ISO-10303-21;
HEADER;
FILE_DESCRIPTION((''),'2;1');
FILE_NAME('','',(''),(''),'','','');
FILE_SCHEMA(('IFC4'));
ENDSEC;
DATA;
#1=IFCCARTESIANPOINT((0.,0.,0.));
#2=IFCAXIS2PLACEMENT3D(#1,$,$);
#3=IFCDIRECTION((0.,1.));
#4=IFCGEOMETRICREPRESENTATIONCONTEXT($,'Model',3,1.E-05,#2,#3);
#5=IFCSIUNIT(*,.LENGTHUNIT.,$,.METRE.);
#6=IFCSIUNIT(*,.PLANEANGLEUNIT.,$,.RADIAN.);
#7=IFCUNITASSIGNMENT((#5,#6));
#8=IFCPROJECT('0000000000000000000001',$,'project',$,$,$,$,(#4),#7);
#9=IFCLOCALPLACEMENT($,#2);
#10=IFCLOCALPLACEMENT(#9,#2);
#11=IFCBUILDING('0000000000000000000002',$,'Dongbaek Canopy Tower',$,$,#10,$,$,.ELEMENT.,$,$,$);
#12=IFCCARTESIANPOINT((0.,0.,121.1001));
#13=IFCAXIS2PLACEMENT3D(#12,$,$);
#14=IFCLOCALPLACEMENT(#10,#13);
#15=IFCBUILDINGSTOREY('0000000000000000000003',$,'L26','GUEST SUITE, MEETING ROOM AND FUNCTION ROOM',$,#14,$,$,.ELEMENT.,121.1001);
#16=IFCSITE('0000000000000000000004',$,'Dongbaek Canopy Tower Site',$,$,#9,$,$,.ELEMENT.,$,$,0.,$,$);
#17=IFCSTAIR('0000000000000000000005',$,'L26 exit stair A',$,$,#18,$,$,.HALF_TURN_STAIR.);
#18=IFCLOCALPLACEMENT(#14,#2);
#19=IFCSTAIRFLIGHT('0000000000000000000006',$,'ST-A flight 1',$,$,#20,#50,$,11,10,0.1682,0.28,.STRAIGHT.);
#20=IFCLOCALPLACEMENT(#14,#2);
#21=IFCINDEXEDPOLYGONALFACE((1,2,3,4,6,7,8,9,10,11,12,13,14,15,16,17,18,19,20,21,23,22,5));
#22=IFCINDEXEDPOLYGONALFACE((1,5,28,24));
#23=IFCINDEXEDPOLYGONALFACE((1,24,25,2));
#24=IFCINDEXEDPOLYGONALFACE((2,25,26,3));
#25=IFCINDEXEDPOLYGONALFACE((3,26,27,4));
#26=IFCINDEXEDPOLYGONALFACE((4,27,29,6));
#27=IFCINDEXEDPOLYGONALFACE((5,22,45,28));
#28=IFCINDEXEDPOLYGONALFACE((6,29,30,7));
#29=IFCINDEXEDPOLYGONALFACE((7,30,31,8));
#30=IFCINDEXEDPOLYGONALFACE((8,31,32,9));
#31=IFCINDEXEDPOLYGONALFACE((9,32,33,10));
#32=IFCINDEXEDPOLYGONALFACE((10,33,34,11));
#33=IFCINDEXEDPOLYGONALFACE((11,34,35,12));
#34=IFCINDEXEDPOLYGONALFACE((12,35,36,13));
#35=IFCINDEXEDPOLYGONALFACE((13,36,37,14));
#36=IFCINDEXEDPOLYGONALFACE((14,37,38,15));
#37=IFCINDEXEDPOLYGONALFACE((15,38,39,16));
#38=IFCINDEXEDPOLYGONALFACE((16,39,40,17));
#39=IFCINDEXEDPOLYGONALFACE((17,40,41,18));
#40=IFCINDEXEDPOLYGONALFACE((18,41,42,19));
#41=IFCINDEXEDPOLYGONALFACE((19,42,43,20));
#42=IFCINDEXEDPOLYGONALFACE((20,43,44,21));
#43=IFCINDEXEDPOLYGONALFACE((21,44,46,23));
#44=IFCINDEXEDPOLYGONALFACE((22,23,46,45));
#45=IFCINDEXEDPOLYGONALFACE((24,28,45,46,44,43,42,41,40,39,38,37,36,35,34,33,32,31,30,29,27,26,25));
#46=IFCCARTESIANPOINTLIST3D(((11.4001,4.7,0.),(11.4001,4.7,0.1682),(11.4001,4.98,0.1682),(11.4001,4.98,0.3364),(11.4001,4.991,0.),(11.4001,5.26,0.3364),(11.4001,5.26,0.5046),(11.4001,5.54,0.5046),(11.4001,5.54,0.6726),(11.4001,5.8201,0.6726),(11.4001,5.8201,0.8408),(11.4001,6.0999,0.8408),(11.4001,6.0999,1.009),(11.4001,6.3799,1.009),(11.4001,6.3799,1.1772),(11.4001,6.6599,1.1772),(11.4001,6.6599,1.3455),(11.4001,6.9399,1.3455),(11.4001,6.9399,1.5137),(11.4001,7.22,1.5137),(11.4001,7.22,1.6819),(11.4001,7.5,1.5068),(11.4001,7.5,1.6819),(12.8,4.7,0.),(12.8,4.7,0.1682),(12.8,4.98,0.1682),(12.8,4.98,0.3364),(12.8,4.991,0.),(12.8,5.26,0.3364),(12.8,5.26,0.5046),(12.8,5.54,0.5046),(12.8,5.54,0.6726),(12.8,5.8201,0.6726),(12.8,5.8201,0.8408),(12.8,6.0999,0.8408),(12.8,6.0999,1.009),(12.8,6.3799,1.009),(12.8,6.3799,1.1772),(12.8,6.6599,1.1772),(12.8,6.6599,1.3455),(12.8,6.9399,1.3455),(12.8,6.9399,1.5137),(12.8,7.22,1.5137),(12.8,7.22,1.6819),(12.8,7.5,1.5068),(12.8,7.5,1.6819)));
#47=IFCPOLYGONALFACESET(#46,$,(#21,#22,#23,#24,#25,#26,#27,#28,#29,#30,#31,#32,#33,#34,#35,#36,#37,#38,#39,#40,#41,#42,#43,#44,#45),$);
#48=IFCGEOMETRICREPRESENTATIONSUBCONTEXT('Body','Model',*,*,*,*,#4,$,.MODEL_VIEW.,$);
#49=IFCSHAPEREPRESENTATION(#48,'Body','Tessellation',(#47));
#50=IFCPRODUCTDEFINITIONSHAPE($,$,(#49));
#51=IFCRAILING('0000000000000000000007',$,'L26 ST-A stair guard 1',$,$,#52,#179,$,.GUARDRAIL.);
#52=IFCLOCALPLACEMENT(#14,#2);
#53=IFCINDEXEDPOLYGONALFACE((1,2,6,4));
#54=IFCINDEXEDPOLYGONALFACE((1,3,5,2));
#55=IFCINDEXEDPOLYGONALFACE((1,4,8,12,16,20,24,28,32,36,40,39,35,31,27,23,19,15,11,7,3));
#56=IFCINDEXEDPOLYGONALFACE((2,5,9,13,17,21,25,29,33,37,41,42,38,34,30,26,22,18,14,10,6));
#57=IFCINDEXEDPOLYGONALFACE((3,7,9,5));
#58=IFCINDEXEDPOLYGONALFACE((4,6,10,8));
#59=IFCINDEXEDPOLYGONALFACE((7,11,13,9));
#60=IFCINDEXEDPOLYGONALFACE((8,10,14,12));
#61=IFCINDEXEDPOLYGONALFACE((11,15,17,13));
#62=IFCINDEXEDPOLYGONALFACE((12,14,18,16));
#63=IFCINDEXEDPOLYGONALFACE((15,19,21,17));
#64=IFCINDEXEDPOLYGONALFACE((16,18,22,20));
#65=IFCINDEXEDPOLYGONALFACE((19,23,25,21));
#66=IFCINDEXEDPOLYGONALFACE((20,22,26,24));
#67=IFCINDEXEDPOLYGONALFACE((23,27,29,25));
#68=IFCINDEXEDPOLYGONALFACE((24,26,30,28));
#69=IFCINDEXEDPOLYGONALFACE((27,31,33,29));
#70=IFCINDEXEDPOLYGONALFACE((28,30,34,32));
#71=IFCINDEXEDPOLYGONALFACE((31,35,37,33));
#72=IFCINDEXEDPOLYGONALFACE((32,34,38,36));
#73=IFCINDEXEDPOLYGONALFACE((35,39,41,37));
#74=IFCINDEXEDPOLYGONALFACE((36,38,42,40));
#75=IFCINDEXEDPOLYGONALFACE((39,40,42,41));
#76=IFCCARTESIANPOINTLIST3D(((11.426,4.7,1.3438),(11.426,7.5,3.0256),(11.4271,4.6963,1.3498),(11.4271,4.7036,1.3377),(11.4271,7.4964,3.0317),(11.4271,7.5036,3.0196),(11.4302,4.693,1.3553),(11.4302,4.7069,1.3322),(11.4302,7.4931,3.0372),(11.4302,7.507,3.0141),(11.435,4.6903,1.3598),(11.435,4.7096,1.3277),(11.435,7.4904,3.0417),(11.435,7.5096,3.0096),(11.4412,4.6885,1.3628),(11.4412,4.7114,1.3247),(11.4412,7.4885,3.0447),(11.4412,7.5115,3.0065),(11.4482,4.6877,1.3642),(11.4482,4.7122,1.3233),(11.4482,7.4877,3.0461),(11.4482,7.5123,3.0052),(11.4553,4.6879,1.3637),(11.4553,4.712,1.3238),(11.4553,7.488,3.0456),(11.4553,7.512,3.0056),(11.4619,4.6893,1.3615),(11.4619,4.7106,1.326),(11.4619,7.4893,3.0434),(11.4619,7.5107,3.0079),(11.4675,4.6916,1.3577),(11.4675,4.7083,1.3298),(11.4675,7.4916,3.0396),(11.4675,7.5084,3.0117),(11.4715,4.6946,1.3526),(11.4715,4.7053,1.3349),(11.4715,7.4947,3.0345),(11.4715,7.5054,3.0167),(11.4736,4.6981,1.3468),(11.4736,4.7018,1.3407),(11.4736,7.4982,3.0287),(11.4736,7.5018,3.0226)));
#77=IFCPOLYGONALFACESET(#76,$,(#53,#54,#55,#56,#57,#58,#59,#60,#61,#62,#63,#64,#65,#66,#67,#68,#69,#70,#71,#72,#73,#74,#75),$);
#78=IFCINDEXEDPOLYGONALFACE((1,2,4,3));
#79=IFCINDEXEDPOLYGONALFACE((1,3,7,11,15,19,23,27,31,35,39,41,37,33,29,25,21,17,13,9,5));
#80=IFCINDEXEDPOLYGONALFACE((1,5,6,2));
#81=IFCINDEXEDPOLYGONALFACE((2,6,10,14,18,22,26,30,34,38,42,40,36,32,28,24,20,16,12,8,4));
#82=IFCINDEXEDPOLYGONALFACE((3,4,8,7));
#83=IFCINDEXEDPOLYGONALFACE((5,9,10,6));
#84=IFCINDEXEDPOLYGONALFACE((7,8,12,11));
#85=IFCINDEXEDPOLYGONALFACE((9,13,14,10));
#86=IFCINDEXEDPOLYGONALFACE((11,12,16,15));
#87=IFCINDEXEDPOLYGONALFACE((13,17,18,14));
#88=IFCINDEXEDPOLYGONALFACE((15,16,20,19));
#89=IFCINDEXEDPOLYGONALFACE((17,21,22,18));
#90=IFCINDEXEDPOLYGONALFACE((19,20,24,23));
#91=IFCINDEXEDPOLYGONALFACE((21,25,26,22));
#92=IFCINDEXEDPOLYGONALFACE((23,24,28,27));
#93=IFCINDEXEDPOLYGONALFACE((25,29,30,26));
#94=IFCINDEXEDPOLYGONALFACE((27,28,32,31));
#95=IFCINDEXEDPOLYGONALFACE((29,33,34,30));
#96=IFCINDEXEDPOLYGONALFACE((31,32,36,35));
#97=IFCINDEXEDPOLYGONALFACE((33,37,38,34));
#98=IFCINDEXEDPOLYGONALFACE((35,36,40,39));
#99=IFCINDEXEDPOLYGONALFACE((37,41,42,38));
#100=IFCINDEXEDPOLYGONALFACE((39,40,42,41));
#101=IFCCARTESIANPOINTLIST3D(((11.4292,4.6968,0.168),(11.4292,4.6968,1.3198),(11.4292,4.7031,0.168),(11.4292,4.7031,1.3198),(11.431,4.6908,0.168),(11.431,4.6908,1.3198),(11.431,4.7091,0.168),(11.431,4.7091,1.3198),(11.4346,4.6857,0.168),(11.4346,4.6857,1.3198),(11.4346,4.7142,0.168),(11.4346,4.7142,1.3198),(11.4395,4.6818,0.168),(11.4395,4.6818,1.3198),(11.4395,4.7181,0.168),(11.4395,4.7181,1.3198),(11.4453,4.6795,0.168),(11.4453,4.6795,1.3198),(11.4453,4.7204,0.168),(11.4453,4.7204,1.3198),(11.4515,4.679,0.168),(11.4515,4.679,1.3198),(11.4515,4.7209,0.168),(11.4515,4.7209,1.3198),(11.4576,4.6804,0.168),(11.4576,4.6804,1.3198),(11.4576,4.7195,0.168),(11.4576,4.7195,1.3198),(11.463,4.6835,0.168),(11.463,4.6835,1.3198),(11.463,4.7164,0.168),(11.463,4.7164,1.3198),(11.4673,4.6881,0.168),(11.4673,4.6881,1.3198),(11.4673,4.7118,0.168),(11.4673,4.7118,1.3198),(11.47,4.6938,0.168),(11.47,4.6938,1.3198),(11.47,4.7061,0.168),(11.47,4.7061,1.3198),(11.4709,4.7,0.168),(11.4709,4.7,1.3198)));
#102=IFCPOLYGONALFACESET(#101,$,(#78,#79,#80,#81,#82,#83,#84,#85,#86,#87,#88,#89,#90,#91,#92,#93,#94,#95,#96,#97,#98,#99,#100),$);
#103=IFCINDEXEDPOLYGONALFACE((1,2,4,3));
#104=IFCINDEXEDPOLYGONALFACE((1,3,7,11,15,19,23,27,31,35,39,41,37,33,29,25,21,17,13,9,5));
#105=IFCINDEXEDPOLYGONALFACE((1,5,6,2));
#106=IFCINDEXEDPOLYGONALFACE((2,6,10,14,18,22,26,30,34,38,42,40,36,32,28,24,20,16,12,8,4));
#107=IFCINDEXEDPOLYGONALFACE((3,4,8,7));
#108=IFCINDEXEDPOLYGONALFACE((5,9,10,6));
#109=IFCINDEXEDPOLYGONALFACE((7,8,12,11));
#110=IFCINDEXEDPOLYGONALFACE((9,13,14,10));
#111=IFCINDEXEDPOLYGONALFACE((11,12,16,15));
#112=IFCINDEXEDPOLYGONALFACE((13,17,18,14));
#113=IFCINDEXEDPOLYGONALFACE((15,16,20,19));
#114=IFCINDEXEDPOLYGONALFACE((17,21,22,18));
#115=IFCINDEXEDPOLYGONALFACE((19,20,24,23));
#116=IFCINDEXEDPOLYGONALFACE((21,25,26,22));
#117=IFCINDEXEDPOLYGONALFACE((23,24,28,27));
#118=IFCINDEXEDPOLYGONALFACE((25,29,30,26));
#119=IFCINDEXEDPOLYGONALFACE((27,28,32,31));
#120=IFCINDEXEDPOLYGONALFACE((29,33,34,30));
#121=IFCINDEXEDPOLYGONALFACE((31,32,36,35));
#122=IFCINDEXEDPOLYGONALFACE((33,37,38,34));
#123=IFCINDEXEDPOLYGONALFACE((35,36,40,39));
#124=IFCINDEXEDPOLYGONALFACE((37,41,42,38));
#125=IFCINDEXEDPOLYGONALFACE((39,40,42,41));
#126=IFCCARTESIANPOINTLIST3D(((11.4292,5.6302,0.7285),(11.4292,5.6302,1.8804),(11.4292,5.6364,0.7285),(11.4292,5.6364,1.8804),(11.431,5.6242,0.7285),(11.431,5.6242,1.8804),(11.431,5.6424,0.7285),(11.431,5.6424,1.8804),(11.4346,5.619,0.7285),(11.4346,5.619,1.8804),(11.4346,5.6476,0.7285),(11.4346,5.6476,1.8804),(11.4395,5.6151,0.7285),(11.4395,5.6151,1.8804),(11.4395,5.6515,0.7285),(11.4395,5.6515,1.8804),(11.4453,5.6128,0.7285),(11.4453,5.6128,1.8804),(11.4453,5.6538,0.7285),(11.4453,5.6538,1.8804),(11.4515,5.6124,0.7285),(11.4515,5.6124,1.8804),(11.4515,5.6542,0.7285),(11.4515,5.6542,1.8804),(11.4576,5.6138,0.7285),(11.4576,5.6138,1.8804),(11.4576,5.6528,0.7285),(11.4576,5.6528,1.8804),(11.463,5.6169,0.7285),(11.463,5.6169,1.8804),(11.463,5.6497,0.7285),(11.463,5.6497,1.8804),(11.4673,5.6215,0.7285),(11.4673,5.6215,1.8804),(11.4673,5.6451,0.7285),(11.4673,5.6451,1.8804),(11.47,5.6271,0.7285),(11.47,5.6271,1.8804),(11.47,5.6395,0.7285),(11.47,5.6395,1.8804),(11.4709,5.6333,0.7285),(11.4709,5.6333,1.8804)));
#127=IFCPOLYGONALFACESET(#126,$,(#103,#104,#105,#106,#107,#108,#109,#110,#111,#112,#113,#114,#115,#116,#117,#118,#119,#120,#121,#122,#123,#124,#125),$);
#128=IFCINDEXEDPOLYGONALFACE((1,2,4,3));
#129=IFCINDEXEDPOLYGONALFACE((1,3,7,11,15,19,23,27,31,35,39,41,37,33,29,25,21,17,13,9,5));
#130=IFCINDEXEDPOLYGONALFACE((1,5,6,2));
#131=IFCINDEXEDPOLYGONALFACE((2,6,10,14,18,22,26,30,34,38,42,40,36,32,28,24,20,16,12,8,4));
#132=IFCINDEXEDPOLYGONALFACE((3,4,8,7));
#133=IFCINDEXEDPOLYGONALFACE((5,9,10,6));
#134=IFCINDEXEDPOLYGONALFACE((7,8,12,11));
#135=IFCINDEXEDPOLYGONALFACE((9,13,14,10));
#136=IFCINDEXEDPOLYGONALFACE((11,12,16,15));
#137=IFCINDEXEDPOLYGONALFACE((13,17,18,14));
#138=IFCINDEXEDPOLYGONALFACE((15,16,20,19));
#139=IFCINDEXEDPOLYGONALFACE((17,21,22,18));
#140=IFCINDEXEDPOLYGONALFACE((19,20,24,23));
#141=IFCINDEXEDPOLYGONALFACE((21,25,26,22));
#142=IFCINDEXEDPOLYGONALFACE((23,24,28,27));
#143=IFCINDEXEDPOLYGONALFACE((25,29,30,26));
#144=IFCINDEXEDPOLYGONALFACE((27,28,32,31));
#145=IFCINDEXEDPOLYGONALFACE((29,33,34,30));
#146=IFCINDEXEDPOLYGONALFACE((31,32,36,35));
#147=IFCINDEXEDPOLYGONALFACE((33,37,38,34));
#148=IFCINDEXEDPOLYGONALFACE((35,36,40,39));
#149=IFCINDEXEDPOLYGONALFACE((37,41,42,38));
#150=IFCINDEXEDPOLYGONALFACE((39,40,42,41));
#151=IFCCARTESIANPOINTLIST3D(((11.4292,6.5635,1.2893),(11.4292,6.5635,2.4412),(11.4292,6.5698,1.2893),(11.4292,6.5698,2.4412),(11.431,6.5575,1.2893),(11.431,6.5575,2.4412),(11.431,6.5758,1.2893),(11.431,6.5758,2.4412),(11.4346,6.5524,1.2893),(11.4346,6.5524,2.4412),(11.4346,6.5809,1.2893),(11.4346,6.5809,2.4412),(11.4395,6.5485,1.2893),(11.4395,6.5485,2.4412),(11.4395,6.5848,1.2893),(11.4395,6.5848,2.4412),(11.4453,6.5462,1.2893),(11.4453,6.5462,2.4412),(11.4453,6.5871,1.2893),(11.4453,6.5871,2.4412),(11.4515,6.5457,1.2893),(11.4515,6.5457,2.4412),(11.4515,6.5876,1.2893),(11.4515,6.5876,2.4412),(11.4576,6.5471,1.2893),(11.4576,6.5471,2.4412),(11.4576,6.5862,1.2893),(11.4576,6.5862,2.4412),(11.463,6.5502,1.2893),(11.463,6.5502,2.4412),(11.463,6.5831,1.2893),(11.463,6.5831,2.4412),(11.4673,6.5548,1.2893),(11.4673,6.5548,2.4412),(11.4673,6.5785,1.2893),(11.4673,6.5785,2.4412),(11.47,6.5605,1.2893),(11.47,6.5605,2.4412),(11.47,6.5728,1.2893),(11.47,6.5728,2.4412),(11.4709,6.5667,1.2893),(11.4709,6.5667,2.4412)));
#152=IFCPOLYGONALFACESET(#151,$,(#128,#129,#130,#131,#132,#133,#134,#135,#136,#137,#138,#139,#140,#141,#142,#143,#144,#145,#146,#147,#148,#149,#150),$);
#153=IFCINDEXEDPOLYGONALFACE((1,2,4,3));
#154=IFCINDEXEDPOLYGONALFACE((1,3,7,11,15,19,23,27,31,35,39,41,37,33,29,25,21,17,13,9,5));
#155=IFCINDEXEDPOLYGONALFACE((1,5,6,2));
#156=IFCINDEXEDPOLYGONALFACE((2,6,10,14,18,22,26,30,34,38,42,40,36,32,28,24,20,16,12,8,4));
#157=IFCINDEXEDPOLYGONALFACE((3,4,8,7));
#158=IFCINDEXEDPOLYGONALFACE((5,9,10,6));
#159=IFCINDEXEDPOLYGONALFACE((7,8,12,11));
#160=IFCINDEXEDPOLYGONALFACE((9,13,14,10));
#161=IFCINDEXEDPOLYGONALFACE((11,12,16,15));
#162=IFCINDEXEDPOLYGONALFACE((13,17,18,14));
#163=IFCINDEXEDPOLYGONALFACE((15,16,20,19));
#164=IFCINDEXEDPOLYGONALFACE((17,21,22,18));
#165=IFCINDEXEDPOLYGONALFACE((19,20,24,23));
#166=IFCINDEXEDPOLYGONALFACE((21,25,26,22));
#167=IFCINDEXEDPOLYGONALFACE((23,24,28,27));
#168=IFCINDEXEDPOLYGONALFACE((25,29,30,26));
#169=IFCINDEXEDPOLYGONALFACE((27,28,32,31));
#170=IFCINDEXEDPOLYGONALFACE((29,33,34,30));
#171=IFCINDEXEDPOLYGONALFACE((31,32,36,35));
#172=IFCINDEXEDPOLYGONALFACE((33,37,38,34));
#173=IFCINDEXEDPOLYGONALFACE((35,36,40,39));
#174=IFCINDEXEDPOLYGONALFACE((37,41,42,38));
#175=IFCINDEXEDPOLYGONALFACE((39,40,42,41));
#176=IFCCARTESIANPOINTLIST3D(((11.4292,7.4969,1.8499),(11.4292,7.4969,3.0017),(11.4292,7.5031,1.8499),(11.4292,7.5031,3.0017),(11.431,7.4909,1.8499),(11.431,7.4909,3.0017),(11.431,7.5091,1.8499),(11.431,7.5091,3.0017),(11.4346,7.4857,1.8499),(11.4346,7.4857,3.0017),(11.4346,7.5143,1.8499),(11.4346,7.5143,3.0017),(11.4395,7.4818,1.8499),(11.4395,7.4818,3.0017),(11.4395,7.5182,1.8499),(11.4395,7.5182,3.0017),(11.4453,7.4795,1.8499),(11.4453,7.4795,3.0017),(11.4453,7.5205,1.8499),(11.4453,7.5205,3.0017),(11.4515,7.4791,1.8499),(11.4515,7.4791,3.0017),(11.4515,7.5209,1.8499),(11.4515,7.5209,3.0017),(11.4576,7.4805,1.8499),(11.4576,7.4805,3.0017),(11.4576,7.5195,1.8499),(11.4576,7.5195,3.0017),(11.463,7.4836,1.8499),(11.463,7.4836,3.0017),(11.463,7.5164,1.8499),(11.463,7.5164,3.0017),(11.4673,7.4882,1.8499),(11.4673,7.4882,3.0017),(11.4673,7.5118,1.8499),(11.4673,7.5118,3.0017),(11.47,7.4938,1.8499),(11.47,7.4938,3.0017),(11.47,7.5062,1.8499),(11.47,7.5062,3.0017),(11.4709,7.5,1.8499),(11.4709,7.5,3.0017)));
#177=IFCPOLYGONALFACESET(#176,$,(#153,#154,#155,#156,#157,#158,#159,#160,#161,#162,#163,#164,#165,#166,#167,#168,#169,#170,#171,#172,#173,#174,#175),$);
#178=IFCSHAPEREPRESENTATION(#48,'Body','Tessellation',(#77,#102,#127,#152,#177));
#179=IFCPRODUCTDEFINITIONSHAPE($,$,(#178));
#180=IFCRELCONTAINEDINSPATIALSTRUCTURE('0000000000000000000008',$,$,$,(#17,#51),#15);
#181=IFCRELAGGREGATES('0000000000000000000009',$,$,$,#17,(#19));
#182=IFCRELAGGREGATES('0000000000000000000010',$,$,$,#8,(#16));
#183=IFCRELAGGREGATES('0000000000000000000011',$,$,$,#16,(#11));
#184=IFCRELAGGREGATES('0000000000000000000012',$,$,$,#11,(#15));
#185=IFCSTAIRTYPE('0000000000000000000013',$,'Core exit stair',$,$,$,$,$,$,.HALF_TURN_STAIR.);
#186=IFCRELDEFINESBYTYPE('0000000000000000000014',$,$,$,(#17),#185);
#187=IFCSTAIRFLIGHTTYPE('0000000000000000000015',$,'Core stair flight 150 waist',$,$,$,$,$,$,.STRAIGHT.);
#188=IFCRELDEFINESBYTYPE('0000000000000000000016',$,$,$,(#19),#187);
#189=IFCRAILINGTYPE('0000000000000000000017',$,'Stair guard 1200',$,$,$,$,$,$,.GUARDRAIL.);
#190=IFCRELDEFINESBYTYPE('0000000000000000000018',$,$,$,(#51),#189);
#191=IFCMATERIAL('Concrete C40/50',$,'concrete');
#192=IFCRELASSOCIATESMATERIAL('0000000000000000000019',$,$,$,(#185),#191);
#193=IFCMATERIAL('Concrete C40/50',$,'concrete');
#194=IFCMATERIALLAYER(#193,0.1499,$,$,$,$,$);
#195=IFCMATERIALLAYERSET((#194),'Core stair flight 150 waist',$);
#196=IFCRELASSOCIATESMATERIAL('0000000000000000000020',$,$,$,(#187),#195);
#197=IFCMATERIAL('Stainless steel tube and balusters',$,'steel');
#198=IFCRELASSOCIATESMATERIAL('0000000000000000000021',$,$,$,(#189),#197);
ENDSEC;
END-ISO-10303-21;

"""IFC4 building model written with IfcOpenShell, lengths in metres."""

from ifc_helpers import new_model, si_unit, direction, frame, origin, origin_2d, place, context, subcontext, project, spatial, polyline, circle, outline, extrude, material, layer, layer_set, type_object, element, aggregate, save


model = new_model("IFC4")

# Units and contexts
model_context = context("Model", 3, precision=1e-05, world=origin(), true_north=direction((0.0, 1.0)))
body_context = subcontext(model_context, "Body", "Model", "MODEL_VIEW")
ifc_project = project(units=[si_unit("LENGTHUNIT", "METRE"), si_unit("PLANEANGLEUNIT", "RADIAN")], contexts=[model_context])

# Site, building, storey
site_placement = place(None, origin())
site = spatial("IfcSite", under=ifc_project, at=site_placement, Name="Dongbaek Canopy Tower Site", CompositionType="ELEMENT", RefElevation=0.0)
building_placement = place(site_placement, origin())
building = spatial("IfcBuilding", under=site, at=building_placement, Name="Dongbaek Canopy Tower", CompositionType="ELEMENT")
storey_placement = place(building_placement, frame((0.0, 0.0, 121.1001)))
storey = spatial("IfcBuildingStorey", under=building, at=storey_placement, Name="L26", Description="GUEST SUITE, MEETING ROOM AND FUNCTION ROOM", CompositionType="ELEMENT", Elevation=121.1001)

# Shared definitions
ifc_material_1 = material(Name="Concrete C40/50", Category="concrete")
stair_type = type_object("IfcStairType", Name="Core exit stair", PredefinedType="HALF_TURN_STAIR", material=ifc_material_1)

# Stair, stair flight
stair_1_placement = place(storey_placement, origin())
stair_1 = element("IfcStair", 1, at=stair_1_placement, inside=storey, type_object=stair_type, Name="L26 exit stair A", PredefinedType="HALF_TURN_STAIR")
ifc_material_2 = material(Name="Concrete C40/50", Category="concrete")
ifc_layer_1 = layer(ifc_material_2, 0.1499)
ifc_layer_set_1 = layer_set([ifc_layer_1], Name="Core stair flight 150 waist")
stair_flight_type = type_object("IfcStairFlightType", Name="Core stair flight 150 waist", PredefinedType="STRAIGHT", material=ifc_layer_set_1)
stair_flight_placement = place(storey_placement, frame((12.1001, 4.7, 0.0), z_axis=(0.0, 0.0, 1.0), x_axis=(0.0, 1.0, 0.0)))
stair_flight = element("IfcStairFlight", 2, at=stair_flight_placement, type_object=stair_flight_type, Name="ST-A flight 1", NumberOfRisers=11, NumberOfTreads=10, PredefinedType="STRAIGHT", RiserHeight=0.1682, TreadLength=0.28, context=body_context, shape_type="SweptSolid", body=[
    extrude(outline(polyline([(0.0, 0.0), (0.0, 0.1682), (0.28, 0.1682), (0.28, 0.3364), (0.5601, 0.3364), (0.5601, 0.5046), (0.8401, 0.5046), (0.8401, 0.6726), (1.1201, 0.6726), (1.1201, 0.8408), (1.3999, 0.8408), (1.3999, 1.009), (1.6799, 1.009), (1.6799, 1.1772), (1.96, 1.1772), (1.96, 1.3455), (2.24, 1.3455), (2.24, 1.5137), (2.52, 1.5137), (2.52, 1.6819), (2.8, 1.6819), (2.8, 1.8501), (2.8, 1.5068), (0.291, 0.0), (0.0, 0.0)])), frame((0.0, 0.7, 0.0), z_axis=(0.0, -1.0, 0.0), x_axis=(1.0, 0.0, 0.0)), (0.0, 0.0, 1.0), 1.3999),
])
aggregate(stair_1, [stair_flight])

# Railing
ifc_material_3 = material(Name="Stainless steel tube and balusters", Category="steel")
railing_type = type_object("IfcRailingType", Name="Stair guard 1200", PredefinedType="GUARDRAIL", material=ifc_material_3)
railing_1_placement = place(storey_placement, frame((11.45, 4.7, 0.168)))
element("IfcRailing", 3, at=railing_1_placement, inside=storey, type_object=railing_type, Name="L26 ST-A stair guard 1", PredefinedType="GUARDRAIL", context=body_context, shape_type="SweptSolid", body=[
    extrude(circle(Radius=0.0239, at=origin_2d()), frame((0.0, 0.0, 1.1758), z_axis=(0.0, 0.857242, 0.514913), x_axis=(-1.0, 0.0, 0.0)), (0.0, 0.0, 1.0), 3.2664),
    extrude(circle(Radius=0.021, at=origin_2d()), origin(), (0.0, 0.0, 1.0), 1.1519),
    extrude(circle(Radius=0.021, at=origin_2d()), frame((0.0, 0.9333, 0.5605)), (0.0, 0.0, 1.0), 1.1519),
    extrude(circle(Radius=0.021, at=origin_2d()), frame((0.0, 1.8667, 1.1213)), (0.0, 0.0, 1.0), 1.1519),
    extrude(circle(Radius=0.021, at=origin_2d()), frame((0.0, 2.8, 1.6819)), (0.0, 0.0, 1.0), 1.1519),
])

save(model, "model.ifc")
